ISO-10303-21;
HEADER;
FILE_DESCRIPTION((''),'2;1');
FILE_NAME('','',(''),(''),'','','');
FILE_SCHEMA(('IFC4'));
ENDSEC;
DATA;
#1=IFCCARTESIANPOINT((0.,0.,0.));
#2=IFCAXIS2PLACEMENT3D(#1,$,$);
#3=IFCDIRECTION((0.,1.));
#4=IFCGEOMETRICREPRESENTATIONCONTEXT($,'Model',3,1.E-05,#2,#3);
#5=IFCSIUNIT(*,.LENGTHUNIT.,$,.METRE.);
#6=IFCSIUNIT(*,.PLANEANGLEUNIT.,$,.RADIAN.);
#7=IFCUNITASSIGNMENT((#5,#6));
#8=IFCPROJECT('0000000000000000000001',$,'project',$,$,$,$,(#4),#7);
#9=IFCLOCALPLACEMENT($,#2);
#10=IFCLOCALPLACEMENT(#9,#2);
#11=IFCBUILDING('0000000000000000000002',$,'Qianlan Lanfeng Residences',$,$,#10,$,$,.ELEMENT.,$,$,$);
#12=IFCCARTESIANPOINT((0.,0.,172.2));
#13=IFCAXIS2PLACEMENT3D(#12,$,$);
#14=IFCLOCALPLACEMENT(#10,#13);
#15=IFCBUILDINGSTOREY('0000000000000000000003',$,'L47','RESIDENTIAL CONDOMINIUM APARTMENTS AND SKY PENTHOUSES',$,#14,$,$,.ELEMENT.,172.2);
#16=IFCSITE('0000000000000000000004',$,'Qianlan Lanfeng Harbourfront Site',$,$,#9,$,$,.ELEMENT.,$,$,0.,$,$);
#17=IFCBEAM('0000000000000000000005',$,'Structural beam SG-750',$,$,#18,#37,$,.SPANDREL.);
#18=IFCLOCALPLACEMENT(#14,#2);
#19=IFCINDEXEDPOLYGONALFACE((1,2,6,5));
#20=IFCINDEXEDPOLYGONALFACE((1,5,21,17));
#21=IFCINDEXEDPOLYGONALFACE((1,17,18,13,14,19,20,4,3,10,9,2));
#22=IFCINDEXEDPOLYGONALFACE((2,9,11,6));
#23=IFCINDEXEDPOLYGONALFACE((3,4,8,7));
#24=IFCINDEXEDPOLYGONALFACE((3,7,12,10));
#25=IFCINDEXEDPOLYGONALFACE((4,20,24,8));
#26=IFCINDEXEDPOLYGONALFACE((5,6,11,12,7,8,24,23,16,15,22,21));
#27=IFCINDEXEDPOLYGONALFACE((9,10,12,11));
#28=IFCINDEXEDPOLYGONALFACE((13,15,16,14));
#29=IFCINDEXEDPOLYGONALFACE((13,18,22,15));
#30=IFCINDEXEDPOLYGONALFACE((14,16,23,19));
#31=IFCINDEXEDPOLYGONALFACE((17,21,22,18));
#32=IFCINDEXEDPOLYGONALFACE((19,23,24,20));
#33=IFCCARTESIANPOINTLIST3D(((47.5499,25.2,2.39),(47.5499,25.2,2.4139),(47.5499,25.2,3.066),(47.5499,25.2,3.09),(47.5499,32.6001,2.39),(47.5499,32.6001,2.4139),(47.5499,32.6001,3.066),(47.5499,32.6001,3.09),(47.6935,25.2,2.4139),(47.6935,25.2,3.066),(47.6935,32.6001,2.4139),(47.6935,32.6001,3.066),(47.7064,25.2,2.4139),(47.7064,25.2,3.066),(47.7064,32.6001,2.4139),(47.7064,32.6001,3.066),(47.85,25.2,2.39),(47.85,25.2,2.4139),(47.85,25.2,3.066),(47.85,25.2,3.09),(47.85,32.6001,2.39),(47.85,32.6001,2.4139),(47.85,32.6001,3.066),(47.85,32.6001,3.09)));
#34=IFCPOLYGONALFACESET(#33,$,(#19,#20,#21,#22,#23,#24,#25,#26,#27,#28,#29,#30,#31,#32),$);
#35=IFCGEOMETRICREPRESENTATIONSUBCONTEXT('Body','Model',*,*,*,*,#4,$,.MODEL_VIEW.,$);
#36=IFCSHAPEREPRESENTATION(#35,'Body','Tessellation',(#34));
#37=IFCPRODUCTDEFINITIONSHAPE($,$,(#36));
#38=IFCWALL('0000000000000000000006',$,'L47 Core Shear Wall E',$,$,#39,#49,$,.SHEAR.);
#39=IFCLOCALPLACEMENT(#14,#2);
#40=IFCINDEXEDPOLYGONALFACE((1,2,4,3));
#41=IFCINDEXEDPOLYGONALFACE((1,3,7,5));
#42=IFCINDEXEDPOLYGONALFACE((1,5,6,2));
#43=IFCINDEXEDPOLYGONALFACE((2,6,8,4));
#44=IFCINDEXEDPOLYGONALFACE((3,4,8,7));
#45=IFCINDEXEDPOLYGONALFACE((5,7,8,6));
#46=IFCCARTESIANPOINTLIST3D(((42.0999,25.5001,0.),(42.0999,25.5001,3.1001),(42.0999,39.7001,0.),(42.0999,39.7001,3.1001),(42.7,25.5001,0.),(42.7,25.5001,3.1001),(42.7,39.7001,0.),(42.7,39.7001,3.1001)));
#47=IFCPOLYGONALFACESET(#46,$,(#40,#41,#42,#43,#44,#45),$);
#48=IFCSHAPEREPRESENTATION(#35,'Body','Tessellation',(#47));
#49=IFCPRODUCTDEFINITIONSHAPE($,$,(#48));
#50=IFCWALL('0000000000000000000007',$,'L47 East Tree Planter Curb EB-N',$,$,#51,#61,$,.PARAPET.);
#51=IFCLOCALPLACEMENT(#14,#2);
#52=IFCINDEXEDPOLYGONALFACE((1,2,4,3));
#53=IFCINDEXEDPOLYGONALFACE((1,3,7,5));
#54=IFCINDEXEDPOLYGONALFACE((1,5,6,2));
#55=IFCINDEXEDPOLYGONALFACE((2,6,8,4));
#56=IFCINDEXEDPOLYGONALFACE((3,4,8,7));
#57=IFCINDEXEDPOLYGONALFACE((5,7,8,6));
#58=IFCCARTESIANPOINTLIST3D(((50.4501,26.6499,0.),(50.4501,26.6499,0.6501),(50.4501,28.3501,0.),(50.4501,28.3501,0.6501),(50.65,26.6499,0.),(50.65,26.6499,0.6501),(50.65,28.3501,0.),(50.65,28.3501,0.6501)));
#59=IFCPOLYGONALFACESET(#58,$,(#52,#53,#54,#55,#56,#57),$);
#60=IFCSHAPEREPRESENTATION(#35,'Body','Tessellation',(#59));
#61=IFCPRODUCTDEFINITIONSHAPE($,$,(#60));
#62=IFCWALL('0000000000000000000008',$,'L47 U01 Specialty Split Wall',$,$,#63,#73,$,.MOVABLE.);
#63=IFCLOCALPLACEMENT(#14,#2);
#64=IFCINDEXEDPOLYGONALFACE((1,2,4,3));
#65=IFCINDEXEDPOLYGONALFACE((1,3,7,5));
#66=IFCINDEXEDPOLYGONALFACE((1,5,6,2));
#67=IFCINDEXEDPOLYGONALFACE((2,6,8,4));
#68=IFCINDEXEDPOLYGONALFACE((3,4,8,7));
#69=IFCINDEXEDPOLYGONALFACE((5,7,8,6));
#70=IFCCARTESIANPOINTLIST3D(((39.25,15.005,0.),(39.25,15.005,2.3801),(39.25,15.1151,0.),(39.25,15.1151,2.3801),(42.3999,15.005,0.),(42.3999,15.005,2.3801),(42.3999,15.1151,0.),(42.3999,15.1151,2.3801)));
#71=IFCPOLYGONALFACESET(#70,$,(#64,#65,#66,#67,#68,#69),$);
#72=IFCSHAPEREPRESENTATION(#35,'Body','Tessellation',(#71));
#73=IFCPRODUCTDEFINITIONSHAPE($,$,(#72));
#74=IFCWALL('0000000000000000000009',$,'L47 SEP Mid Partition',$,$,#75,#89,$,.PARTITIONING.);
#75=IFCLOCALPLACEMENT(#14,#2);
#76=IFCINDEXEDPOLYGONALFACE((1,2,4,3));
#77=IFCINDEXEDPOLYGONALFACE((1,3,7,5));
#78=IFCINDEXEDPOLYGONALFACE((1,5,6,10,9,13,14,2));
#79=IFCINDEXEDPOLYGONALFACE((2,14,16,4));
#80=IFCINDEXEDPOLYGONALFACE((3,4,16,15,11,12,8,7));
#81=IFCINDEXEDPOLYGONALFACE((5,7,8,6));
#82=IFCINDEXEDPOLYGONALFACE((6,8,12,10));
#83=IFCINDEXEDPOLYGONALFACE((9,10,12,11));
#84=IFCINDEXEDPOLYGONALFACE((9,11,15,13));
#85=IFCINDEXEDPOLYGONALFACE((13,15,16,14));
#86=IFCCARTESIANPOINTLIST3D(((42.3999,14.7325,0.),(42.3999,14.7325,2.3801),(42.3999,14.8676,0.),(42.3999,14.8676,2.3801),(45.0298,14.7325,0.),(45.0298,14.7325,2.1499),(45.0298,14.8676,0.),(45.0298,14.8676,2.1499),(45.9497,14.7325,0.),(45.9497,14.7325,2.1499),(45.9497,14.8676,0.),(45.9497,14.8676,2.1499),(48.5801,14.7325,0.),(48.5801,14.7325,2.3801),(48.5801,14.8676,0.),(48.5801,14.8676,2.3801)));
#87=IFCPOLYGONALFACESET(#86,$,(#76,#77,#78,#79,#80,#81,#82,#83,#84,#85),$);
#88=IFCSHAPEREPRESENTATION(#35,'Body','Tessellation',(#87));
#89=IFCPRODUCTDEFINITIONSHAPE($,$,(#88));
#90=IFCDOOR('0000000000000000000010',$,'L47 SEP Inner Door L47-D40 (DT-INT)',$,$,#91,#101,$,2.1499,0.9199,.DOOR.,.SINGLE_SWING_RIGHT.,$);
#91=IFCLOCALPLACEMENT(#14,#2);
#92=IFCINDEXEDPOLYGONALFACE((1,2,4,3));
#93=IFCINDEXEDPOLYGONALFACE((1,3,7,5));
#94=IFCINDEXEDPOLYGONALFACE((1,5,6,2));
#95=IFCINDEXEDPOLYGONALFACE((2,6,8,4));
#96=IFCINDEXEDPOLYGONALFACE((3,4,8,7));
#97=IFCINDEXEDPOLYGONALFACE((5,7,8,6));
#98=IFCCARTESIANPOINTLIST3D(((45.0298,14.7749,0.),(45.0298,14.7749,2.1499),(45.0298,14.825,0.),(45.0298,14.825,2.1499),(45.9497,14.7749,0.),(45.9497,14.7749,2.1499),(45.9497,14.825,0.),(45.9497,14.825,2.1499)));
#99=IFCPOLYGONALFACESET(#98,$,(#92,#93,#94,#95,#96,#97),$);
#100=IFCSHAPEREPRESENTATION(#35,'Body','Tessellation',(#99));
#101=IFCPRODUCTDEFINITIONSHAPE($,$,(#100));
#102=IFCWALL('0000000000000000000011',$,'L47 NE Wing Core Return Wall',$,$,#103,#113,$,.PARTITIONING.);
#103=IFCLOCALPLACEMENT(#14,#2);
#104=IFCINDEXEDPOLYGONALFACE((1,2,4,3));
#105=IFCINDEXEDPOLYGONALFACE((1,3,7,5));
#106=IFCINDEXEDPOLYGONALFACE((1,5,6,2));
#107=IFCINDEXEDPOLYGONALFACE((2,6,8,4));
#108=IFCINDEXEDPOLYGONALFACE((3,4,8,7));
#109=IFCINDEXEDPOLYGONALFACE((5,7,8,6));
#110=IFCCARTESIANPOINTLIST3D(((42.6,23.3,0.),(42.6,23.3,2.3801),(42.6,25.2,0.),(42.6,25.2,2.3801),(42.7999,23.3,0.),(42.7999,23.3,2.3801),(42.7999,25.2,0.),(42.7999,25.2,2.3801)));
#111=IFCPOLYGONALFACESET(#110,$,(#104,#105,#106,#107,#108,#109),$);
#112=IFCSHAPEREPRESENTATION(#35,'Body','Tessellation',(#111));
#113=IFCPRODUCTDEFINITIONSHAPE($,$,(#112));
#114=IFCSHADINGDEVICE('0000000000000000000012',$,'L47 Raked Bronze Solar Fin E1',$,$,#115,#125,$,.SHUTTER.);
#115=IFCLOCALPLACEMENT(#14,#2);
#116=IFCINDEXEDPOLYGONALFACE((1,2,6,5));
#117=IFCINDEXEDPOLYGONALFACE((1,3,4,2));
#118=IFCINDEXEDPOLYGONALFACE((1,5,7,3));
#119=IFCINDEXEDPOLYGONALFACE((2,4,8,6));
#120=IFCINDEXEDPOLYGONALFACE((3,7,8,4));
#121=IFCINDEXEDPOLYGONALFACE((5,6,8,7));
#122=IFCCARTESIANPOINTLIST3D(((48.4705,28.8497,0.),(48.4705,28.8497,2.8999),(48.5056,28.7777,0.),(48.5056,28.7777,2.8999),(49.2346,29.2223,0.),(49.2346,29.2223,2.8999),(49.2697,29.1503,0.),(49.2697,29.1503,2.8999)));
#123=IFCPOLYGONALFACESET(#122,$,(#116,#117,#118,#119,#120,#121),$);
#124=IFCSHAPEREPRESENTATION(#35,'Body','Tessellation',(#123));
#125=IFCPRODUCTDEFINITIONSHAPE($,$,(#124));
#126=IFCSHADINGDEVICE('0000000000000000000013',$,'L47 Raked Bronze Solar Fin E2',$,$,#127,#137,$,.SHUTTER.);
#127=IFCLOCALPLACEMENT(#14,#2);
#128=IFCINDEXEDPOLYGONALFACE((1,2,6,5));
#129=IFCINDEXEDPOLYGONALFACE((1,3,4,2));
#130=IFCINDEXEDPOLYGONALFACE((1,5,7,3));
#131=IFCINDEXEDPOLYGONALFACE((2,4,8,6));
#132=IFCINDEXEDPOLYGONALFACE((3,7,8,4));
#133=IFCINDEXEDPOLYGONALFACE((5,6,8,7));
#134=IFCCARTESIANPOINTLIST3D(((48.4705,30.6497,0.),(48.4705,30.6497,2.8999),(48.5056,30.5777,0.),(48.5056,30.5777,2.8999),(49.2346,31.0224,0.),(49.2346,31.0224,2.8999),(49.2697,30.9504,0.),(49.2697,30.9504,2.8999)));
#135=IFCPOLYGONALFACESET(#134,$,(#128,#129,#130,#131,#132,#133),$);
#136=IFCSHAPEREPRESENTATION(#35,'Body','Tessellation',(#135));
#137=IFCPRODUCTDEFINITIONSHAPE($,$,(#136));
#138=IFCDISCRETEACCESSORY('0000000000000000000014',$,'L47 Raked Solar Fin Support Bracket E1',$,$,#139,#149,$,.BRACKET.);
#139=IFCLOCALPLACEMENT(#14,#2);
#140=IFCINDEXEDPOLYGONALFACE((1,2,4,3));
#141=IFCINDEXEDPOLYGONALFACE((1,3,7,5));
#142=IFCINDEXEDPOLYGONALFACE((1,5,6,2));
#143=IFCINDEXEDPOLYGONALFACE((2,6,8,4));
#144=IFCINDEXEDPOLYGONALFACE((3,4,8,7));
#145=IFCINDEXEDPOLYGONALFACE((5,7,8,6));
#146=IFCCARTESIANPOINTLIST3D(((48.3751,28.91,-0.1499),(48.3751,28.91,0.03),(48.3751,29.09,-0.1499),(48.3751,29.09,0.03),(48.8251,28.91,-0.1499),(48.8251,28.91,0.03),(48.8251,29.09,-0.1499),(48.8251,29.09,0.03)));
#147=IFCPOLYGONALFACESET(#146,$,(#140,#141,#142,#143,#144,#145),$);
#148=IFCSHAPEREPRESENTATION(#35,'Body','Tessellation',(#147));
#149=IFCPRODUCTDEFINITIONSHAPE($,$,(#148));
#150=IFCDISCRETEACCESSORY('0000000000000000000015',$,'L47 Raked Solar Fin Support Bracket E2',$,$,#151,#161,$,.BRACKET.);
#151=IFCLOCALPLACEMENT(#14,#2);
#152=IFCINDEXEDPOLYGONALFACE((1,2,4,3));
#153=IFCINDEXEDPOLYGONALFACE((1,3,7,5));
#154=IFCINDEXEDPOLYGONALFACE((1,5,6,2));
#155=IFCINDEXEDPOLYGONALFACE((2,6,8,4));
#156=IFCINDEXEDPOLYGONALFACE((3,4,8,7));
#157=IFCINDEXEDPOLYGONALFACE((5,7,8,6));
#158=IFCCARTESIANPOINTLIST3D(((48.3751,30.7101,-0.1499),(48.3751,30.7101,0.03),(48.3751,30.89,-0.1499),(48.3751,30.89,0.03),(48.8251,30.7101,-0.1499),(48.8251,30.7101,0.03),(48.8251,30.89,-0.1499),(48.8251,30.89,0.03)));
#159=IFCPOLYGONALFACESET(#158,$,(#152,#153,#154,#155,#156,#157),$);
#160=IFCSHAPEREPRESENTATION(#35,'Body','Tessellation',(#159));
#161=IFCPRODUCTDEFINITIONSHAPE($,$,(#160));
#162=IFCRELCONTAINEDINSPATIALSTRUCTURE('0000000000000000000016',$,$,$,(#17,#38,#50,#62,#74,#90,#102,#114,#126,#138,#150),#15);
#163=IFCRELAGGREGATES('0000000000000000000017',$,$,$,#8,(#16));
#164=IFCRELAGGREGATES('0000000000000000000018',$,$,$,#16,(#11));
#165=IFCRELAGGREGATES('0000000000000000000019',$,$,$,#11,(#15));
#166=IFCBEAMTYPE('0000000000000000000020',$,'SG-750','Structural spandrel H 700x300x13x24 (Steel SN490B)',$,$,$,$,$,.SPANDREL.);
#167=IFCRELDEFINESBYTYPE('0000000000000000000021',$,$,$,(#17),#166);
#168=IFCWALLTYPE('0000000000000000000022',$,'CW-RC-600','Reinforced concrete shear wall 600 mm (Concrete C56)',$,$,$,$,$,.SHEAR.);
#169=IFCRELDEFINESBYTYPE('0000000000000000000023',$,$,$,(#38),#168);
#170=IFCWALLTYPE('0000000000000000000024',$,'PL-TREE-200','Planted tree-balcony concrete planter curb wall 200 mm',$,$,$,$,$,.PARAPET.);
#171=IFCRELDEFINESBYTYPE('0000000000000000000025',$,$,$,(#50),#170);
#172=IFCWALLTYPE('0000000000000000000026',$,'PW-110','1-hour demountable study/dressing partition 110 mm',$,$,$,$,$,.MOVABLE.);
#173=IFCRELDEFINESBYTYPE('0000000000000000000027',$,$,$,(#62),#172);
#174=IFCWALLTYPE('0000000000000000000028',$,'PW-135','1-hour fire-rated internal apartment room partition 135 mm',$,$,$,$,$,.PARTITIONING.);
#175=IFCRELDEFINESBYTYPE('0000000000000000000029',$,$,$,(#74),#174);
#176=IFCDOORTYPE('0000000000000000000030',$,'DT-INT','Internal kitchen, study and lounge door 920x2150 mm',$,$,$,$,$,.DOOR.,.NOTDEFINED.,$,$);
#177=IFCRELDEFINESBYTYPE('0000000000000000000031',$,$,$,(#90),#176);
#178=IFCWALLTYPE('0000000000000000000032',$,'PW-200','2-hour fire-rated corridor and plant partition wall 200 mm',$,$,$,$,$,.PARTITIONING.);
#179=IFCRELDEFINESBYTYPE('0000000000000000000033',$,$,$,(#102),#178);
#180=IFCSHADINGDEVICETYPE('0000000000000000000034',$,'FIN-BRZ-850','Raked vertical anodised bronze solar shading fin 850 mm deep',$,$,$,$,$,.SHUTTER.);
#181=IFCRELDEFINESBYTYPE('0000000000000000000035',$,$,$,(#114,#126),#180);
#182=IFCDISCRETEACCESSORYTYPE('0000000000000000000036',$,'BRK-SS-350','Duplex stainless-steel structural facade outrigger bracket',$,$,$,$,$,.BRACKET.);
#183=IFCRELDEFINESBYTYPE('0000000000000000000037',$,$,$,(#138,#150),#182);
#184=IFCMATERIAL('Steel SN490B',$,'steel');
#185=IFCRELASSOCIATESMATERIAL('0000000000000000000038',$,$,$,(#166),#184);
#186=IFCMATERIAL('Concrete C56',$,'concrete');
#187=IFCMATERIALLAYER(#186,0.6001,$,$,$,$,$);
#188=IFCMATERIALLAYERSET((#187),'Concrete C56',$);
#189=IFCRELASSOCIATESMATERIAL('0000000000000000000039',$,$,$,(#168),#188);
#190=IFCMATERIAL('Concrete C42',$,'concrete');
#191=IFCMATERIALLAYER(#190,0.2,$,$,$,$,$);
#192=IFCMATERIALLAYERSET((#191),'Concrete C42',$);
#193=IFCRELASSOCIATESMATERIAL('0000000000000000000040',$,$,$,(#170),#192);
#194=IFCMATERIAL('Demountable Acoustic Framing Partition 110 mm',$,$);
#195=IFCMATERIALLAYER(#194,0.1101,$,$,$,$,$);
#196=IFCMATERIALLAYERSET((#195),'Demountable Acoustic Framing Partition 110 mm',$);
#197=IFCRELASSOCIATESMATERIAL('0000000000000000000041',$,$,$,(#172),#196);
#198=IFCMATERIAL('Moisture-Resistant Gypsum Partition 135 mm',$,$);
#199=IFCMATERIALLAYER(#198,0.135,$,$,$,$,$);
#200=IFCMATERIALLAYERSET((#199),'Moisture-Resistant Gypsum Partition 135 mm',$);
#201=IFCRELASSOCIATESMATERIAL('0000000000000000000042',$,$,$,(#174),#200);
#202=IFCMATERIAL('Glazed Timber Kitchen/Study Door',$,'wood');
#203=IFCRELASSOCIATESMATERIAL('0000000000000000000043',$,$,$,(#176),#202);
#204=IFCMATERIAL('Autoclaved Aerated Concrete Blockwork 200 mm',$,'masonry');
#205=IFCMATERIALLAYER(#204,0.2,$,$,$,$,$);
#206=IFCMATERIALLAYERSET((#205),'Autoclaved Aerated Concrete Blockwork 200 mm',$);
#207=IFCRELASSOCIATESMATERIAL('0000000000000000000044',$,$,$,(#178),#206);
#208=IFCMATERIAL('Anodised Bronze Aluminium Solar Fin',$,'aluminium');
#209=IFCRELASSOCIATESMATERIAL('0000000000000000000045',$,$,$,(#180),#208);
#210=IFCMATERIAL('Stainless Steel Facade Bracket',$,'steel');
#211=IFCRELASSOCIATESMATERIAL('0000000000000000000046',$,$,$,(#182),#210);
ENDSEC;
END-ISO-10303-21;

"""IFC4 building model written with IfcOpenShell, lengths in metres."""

from ifc_helpers import new_model, si_unit, direction, frame, frame_2d, origin, origin_2d, place, context, subcontext, project, spatial, rectangle, i_section, extrude, source, transform, mapped, material, layer, layer_set, material_profile, profile_set, type_object, element, fill, save


model = new_model("IFC4")

# Units and contexts
model_context = context("Model", 3, precision=1e-05, world=origin(), true_north=direction((0.0, 1.0)))
body_context = subcontext(model_context, "Body", "Model", "MODEL_VIEW")
ifc_project = project(units=[si_unit("LENGTHUNIT", "METRE"), si_unit("PLANEANGLEUNIT", "RADIAN")], contexts=[model_context])

# Site, building, storey
site_placement = place(None, origin())
site = spatial("IfcSite", under=ifc_project, at=site_placement, Name="Qianlan Lanfeng Harbourfront Site", CompositionType="ELEMENT", RefElevation=0.0)
building_placement = place(site_placement, origin())
building = spatial("IfcBuilding", under=site, at=building_placement, Name="Qianlan Lanfeng Residences", CompositionType="ELEMENT")
storey_placement = place(building_placement, frame((0.0, 0.0, 172.2)))
storey = spatial("IfcBuildingStorey", under=building, at=storey_placement, Name="L47", Description="RESIDENTIAL CONDOMINIUM APARTMENTS AND SKY PENTHOUSES", CompositionType="ELEMENT", Elevation=172.2)

# Shared definitions
ifc_material_1 = material(Name="Steel SN490B", Category="steel")

# Beam
ifc_material_profile_1 = material_profile(ifc_material_1, i_section(OverallWidth=0.3, OverallDepth=0.7, WebThickness=0.0129, FlangeThickness=0.0239, at=origin_2d()), Name="H 700x300x13x24")
ifc_profile_set_1 = profile_set([ifc_material_profile_1], Name="Steel SN490B")
beam_type_1 = type_object("IfcBeamType", Name="SG-750", Description="Structural spandrel H 700x300x13x24 (Steel SN490B)", PredefinedType="SPANDREL", material=ifc_profile_set_1)
beam_1_placement = place(storey_placement, frame((47.7, 25.2, 2.74), z_axis=(0.0, 1.0, 0.0), x_axis=(-1.0, 0.0, 0.0)))
element("IfcBeam", 1, at=beam_1_placement, inside=storey, type_object=beam_type_1, Name="Structural beam SG-750", PredefinedType="SPANDREL", context=body_context, shape_type="SweptSolid", body=[
    extrude(i_section(OverallWidth=0.3, OverallDepth=0.7, WebThickness=0.0129, FlangeThickness=0.0239, at=origin_2d()), origin(), (0.0, 0.0, 1.0), 7.4001),
])

# Walls
ifc_material_2 = material(Name="Concrete C56", Category="concrete")
ifc_layer_1 = layer(ifc_material_2, 0.6001)
ifc_layer_set_1 = layer_set([ifc_layer_1], Name="Concrete C56")
wall_type_1 = type_object("IfcWallType", Name="CW-RC-600", Description="Reinforced concrete shear wall 600 mm (Concrete C56)", PredefinedType="SHEAR", material=ifc_layer_set_1)
wall_1_placement = place(storey_placement, frame((42.3999, 25.5, 0.0), z_axis=(0.0, 0.0, 1.0), x_axis=(0.0, 1.0, 0.0)))
element("IfcWall", 2, at=wall_1_placement, inside=storey, type_object=wall_type_1, Name="L47 Core Shear Wall E", PredefinedType="SHEAR", context=body_context, shape_type="SweptSolid", body=[
    extrude(rectangle(XDim=14.2, YDim=0.6001, at=frame_2d((7.1001, 0.0))), origin(), (0.0, 0.0, 1.0), 3.1001),
])
ifc_material_3 = material(Name="Concrete C42", Category="concrete")
ifc_layer_2 = layer(ifc_material_3, 0.2)
ifc_layer_set_2 = layer_set([ifc_layer_2], Name="Concrete C42")
wall_type_2 = type_object("IfcWallType", Name="PL-TREE-200", Description="Planted tree-balcony concrete planter curb wall 200 mm", PredefinedType="PARAPET", material=ifc_layer_set_2)
wall_2_placement = place(storey_placement, frame((50.55, 26.6499, 0.0), z_axis=(0.0, 0.0, 1.0), x_axis=(0.0, 1.0, 0.0)))
element("IfcWall", 3, at=wall_2_placement, inside=storey, type_object=wall_type_2, Name="L47 East Tree Planter Curb EB-N", PredefinedType="PARAPET", context=body_context, shape_type="SweptSolid", body=[
    extrude(rectangle(XDim=1.7002, YDim=0.2, at=frame_2d((0.8501, 0.0))), origin(), (0.0, 0.0, 1.0), 0.6501),
])
ifc_material_4 = material(Name="Demountable Acoustic Framing Partition 110 mm")
ifc_layer_3 = layer(ifc_material_4, 0.1101)
ifc_layer_set_3 = layer_set([ifc_layer_3], Name="Demountable Acoustic Framing Partition 110 mm")
wall_type_3 = type_object("IfcWallType", Name="PW-110", Description="1-hour demountable study/dressing partition 110 mm", PredefinedType="MOVABLE", material=ifc_layer_set_3)
wall_3_placement = place(storey_placement, frame((39.25, 15.0601, 0.0), z_axis=(0.0, 0.0, 1.0), x_axis=(1.0, 0.0, 0.0)))
element("IfcWall", 4, at=wall_3_placement, inside=storey, type_object=wall_type_3, Name="L47 U01 Specialty Split Wall", PredefinedType="MOVABLE", context=body_context, shape_type="SweptSolid", body=[
    extrude(rectangle(XDim=3.1499, YDim=0.1101, at=frame_2d((1.575, 0.0))), origin(), (0.0, 0.0, 1.0), 2.3801),
])

# Wall, opening, door
ifc_material_5 = material(Name="Moisture-Resistant Gypsum Partition 135 mm")
ifc_layer_4 = layer(ifc_material_5, 0.135)
ifc_layer_set_4 = layer_set([ifc_layer_4], Name="Moisture-Resistant Gypsum Partition 135 mm")
wall_type_4 = type_object("IfcWallType", Name="PW-135", Description="1-hour fire-rated internal apartment room partition 135 mm", PredefinedType="PARTITIONING", material=ifc_layer_set_4)
wall_4_placement = place(storey_placement, frame((42.3999, 14.8, 0.0), z_axis=(0.0, 0.0, 1.0), x_axis=(1.0, 0.0, 0.0)))
wall_4 = element("IfcWall", 5, at=wall_4_placement, inside=storey, type_object=wall_type_4, Name="L47 SEP Mid Partition", PredefinedType="PARTITIONING", context=body_context, shape_type="SweptSolid", body=[
    extrude(rectangle(XDim=6.1802, YDim=0.135, at=frame_2d((3.0901, 0.0))), origin(), (0.0, 0.0, 1.0), 2.3801),
])
opening_1_placement = place(wall_4_placement, frame((2.6299, 0.0, 0.0)))
opening_1 = element("IfcOpeningElement", 6, at=opening_1_placement, cuts=wall_4, PredefinedType="OPENING", context=body_context, shape_type="SweptSolid", body=[
    extrude(rectangle(XDim=0.9199, YDim=2.1499, at=frame_2d((0.46, 1.075))), frame((0.0, 0.0776, 0.0), z_axis=(0.0, -1.0, 0.0), x_axis=(1.0, 0.0, 0.0)), (0.0, 0.0, 1.0), 0.155),
])
ifc_material_6 = material(Name="Glazed Timber Kitchen/Study Door", Category="wood")
door_type = type_object("IfcDoorType", Name="DT-INT", Description="Internal kitchen, study and lounge door 920x2150 mm", OperationType="NOTDEFINED", PredefinedType="DOOR", material=ifc_material_6)
door_1_placement = place(opening_1_placement, origin())
door_1 = element("IfcDoor", 7, at=door_1_placement, inside=storey, type_object=door_type, Name="L47 SEP Inner Door L47-D40 (DT-INT)", OperationType="SINGLE_SWING_RIGHT", OverallHeight=2.1499, OverallWidth=0.9199, PredefinedType="DOOR", context=body_context, shape_type="SweptSolid", body=[
    extrude(rectangle(XDim=0.9199, YDim=2.1499, at=frame_2d((0.46, 1.075))), frame((0.0, 0.0249, 0.0), z_axis=(0.0, -1.0, 0.0), x_axis=(1.0, 0.0, 0.0)), (0.0, 0.0, 1.0), 0.05),
])
fill(opening_1, door_1)
ifc_material_7 = material(Name="Autoclaved Aerated Concrete Blockwork 200 mm", Category="masonry")
ifc_layer_5 = layer(ifc_material_7, 0.2)
ifc_layer_set_5 = layer_set([ifc_layer_5], Name="Autoclaved Aerated Concrete Blockwork 200 mm")
wall_type_5 = type_object("IfcWallType", Name="PW-200", Description="2-hour fire-rated corridor and plant partition wall 200 mm", PredefinedType="PARTITIONING", material=ifc_layer_set_5)

# Wall
wall_5_placement = place(storey_placement, frame((42.7, 23.3, 0.0), z_axis=(0.0, 0.0, 1.0), x_axis=(0.0, 1.0, 0.0)))
element("IfcWall", 8, at=wall_5_placement, inside=storey, type_object=wall_type_5, Name="L47 NE Wing Core Return Wall", PredefinedType="PARTITIONING", context=body_context, shape_type="SweptSolid", body=[
    extrude(rectangle(XDim=1.8999, YDim=0.2, at=frame_2d((0.95, 0.0))), origin(), (0.0, 0.0, 1.0), 2.3801),
])

# Shading devices
ifc_material_8 = material(Name="Anodised Bronze Aluminium Solar Fin", Category="aluminium")
shading_device_type = type_object("IfcShadingDeviceType", Name="FIN-BRZ-850", Description="Raked vertical anodised bronze solar shading fin 850 mm deep", PredefinedType="SHUTTER", material=ifc_material_8)
shared_shape_1 = source(origin(), body_context, "Body", "SweptSolid", [
    extrude(rectangle(XDim=0.8501, YDim=0.0801, at=origin_2d()), origin(), (0.0, 0.0, 1.0), 2.8999),
])
for number, where, z_axis, x_axis, name in (
    (9, (48.8701, 29.0, 0.0), (0.0, 0.0, 1.0), (0.898794, 0.438371, 0.0), "L47 Raked Bronze Solar Fin E1"),
    (10, (48.8701, 30.8, 0.0), (0.0, 0.0, 1.0), (0.898794, 0.438371, 0.0), "L47 Raked Bronze Solar Fin E2"),
):
    element("IfcShadingDevice", number, at=place(storey_placement, frame(where, z_axis=z_axis, x_axis=x_axis)), inside=storey, type_object=shading_device_type, Name=name, PredefinedType="SHUTTER", context=body_context, shape_type="MappedRepresentation", body=[
        mapped(shared_shape_1, transform((0.0, 0.0, 0.0), scale=1.0)),
    ])

# Discrete accessories
ifc_material_9 = material(Name="Stainless Steel Facade Bracket", Category="steel")
discrete_accessory_type = type_object("IfcDiscreteAccessoryType", Name="BRK-SS-350", Description="Duplex stainless-steel structural facade outrigger bracket", PredefinedType="BRACKET", material=ifc_material_9)
shared_shape_2 = source(origin(), body_context, "Body", "SweptSolid", [
    extrude(rectangle(XDim=0.45, YDim=0.1799, at=origin_2d()), origin(), (0.0, 0.0, 1.0), 0.1799),
])
for number, where, z_axis, x_axis, name in (
    (11, (48.6001, 29.0, -0.1499), (0.0, 0.0, 1.0), (1.0, 0.0, 0.0), "L47 Raked Solar Fin Support Bracket E1"),
    (12, (48.6001, 30.8, -0.1499), (0.0, 0.0, 1.0), (1.0, 0.0, 0.0), "L47 Raked Solar Fin Support Bracket E2"),
):
    element("IfcDiscreteAccessory", number, at=place(storey_placement, frame(where, z_axis=z_axis, x_axis=x_axis)), inside=storey, type_object=discrete_accessory_type, Name=name, PredefinedType="BRACKET", context=body_context, shape_type="MappedRepresentation", body=[
        mapped(shared_shape_2, transform((0.0, 0.0, 0.0), scale=1.0)),
    ])

save(model, "model.ifc")
